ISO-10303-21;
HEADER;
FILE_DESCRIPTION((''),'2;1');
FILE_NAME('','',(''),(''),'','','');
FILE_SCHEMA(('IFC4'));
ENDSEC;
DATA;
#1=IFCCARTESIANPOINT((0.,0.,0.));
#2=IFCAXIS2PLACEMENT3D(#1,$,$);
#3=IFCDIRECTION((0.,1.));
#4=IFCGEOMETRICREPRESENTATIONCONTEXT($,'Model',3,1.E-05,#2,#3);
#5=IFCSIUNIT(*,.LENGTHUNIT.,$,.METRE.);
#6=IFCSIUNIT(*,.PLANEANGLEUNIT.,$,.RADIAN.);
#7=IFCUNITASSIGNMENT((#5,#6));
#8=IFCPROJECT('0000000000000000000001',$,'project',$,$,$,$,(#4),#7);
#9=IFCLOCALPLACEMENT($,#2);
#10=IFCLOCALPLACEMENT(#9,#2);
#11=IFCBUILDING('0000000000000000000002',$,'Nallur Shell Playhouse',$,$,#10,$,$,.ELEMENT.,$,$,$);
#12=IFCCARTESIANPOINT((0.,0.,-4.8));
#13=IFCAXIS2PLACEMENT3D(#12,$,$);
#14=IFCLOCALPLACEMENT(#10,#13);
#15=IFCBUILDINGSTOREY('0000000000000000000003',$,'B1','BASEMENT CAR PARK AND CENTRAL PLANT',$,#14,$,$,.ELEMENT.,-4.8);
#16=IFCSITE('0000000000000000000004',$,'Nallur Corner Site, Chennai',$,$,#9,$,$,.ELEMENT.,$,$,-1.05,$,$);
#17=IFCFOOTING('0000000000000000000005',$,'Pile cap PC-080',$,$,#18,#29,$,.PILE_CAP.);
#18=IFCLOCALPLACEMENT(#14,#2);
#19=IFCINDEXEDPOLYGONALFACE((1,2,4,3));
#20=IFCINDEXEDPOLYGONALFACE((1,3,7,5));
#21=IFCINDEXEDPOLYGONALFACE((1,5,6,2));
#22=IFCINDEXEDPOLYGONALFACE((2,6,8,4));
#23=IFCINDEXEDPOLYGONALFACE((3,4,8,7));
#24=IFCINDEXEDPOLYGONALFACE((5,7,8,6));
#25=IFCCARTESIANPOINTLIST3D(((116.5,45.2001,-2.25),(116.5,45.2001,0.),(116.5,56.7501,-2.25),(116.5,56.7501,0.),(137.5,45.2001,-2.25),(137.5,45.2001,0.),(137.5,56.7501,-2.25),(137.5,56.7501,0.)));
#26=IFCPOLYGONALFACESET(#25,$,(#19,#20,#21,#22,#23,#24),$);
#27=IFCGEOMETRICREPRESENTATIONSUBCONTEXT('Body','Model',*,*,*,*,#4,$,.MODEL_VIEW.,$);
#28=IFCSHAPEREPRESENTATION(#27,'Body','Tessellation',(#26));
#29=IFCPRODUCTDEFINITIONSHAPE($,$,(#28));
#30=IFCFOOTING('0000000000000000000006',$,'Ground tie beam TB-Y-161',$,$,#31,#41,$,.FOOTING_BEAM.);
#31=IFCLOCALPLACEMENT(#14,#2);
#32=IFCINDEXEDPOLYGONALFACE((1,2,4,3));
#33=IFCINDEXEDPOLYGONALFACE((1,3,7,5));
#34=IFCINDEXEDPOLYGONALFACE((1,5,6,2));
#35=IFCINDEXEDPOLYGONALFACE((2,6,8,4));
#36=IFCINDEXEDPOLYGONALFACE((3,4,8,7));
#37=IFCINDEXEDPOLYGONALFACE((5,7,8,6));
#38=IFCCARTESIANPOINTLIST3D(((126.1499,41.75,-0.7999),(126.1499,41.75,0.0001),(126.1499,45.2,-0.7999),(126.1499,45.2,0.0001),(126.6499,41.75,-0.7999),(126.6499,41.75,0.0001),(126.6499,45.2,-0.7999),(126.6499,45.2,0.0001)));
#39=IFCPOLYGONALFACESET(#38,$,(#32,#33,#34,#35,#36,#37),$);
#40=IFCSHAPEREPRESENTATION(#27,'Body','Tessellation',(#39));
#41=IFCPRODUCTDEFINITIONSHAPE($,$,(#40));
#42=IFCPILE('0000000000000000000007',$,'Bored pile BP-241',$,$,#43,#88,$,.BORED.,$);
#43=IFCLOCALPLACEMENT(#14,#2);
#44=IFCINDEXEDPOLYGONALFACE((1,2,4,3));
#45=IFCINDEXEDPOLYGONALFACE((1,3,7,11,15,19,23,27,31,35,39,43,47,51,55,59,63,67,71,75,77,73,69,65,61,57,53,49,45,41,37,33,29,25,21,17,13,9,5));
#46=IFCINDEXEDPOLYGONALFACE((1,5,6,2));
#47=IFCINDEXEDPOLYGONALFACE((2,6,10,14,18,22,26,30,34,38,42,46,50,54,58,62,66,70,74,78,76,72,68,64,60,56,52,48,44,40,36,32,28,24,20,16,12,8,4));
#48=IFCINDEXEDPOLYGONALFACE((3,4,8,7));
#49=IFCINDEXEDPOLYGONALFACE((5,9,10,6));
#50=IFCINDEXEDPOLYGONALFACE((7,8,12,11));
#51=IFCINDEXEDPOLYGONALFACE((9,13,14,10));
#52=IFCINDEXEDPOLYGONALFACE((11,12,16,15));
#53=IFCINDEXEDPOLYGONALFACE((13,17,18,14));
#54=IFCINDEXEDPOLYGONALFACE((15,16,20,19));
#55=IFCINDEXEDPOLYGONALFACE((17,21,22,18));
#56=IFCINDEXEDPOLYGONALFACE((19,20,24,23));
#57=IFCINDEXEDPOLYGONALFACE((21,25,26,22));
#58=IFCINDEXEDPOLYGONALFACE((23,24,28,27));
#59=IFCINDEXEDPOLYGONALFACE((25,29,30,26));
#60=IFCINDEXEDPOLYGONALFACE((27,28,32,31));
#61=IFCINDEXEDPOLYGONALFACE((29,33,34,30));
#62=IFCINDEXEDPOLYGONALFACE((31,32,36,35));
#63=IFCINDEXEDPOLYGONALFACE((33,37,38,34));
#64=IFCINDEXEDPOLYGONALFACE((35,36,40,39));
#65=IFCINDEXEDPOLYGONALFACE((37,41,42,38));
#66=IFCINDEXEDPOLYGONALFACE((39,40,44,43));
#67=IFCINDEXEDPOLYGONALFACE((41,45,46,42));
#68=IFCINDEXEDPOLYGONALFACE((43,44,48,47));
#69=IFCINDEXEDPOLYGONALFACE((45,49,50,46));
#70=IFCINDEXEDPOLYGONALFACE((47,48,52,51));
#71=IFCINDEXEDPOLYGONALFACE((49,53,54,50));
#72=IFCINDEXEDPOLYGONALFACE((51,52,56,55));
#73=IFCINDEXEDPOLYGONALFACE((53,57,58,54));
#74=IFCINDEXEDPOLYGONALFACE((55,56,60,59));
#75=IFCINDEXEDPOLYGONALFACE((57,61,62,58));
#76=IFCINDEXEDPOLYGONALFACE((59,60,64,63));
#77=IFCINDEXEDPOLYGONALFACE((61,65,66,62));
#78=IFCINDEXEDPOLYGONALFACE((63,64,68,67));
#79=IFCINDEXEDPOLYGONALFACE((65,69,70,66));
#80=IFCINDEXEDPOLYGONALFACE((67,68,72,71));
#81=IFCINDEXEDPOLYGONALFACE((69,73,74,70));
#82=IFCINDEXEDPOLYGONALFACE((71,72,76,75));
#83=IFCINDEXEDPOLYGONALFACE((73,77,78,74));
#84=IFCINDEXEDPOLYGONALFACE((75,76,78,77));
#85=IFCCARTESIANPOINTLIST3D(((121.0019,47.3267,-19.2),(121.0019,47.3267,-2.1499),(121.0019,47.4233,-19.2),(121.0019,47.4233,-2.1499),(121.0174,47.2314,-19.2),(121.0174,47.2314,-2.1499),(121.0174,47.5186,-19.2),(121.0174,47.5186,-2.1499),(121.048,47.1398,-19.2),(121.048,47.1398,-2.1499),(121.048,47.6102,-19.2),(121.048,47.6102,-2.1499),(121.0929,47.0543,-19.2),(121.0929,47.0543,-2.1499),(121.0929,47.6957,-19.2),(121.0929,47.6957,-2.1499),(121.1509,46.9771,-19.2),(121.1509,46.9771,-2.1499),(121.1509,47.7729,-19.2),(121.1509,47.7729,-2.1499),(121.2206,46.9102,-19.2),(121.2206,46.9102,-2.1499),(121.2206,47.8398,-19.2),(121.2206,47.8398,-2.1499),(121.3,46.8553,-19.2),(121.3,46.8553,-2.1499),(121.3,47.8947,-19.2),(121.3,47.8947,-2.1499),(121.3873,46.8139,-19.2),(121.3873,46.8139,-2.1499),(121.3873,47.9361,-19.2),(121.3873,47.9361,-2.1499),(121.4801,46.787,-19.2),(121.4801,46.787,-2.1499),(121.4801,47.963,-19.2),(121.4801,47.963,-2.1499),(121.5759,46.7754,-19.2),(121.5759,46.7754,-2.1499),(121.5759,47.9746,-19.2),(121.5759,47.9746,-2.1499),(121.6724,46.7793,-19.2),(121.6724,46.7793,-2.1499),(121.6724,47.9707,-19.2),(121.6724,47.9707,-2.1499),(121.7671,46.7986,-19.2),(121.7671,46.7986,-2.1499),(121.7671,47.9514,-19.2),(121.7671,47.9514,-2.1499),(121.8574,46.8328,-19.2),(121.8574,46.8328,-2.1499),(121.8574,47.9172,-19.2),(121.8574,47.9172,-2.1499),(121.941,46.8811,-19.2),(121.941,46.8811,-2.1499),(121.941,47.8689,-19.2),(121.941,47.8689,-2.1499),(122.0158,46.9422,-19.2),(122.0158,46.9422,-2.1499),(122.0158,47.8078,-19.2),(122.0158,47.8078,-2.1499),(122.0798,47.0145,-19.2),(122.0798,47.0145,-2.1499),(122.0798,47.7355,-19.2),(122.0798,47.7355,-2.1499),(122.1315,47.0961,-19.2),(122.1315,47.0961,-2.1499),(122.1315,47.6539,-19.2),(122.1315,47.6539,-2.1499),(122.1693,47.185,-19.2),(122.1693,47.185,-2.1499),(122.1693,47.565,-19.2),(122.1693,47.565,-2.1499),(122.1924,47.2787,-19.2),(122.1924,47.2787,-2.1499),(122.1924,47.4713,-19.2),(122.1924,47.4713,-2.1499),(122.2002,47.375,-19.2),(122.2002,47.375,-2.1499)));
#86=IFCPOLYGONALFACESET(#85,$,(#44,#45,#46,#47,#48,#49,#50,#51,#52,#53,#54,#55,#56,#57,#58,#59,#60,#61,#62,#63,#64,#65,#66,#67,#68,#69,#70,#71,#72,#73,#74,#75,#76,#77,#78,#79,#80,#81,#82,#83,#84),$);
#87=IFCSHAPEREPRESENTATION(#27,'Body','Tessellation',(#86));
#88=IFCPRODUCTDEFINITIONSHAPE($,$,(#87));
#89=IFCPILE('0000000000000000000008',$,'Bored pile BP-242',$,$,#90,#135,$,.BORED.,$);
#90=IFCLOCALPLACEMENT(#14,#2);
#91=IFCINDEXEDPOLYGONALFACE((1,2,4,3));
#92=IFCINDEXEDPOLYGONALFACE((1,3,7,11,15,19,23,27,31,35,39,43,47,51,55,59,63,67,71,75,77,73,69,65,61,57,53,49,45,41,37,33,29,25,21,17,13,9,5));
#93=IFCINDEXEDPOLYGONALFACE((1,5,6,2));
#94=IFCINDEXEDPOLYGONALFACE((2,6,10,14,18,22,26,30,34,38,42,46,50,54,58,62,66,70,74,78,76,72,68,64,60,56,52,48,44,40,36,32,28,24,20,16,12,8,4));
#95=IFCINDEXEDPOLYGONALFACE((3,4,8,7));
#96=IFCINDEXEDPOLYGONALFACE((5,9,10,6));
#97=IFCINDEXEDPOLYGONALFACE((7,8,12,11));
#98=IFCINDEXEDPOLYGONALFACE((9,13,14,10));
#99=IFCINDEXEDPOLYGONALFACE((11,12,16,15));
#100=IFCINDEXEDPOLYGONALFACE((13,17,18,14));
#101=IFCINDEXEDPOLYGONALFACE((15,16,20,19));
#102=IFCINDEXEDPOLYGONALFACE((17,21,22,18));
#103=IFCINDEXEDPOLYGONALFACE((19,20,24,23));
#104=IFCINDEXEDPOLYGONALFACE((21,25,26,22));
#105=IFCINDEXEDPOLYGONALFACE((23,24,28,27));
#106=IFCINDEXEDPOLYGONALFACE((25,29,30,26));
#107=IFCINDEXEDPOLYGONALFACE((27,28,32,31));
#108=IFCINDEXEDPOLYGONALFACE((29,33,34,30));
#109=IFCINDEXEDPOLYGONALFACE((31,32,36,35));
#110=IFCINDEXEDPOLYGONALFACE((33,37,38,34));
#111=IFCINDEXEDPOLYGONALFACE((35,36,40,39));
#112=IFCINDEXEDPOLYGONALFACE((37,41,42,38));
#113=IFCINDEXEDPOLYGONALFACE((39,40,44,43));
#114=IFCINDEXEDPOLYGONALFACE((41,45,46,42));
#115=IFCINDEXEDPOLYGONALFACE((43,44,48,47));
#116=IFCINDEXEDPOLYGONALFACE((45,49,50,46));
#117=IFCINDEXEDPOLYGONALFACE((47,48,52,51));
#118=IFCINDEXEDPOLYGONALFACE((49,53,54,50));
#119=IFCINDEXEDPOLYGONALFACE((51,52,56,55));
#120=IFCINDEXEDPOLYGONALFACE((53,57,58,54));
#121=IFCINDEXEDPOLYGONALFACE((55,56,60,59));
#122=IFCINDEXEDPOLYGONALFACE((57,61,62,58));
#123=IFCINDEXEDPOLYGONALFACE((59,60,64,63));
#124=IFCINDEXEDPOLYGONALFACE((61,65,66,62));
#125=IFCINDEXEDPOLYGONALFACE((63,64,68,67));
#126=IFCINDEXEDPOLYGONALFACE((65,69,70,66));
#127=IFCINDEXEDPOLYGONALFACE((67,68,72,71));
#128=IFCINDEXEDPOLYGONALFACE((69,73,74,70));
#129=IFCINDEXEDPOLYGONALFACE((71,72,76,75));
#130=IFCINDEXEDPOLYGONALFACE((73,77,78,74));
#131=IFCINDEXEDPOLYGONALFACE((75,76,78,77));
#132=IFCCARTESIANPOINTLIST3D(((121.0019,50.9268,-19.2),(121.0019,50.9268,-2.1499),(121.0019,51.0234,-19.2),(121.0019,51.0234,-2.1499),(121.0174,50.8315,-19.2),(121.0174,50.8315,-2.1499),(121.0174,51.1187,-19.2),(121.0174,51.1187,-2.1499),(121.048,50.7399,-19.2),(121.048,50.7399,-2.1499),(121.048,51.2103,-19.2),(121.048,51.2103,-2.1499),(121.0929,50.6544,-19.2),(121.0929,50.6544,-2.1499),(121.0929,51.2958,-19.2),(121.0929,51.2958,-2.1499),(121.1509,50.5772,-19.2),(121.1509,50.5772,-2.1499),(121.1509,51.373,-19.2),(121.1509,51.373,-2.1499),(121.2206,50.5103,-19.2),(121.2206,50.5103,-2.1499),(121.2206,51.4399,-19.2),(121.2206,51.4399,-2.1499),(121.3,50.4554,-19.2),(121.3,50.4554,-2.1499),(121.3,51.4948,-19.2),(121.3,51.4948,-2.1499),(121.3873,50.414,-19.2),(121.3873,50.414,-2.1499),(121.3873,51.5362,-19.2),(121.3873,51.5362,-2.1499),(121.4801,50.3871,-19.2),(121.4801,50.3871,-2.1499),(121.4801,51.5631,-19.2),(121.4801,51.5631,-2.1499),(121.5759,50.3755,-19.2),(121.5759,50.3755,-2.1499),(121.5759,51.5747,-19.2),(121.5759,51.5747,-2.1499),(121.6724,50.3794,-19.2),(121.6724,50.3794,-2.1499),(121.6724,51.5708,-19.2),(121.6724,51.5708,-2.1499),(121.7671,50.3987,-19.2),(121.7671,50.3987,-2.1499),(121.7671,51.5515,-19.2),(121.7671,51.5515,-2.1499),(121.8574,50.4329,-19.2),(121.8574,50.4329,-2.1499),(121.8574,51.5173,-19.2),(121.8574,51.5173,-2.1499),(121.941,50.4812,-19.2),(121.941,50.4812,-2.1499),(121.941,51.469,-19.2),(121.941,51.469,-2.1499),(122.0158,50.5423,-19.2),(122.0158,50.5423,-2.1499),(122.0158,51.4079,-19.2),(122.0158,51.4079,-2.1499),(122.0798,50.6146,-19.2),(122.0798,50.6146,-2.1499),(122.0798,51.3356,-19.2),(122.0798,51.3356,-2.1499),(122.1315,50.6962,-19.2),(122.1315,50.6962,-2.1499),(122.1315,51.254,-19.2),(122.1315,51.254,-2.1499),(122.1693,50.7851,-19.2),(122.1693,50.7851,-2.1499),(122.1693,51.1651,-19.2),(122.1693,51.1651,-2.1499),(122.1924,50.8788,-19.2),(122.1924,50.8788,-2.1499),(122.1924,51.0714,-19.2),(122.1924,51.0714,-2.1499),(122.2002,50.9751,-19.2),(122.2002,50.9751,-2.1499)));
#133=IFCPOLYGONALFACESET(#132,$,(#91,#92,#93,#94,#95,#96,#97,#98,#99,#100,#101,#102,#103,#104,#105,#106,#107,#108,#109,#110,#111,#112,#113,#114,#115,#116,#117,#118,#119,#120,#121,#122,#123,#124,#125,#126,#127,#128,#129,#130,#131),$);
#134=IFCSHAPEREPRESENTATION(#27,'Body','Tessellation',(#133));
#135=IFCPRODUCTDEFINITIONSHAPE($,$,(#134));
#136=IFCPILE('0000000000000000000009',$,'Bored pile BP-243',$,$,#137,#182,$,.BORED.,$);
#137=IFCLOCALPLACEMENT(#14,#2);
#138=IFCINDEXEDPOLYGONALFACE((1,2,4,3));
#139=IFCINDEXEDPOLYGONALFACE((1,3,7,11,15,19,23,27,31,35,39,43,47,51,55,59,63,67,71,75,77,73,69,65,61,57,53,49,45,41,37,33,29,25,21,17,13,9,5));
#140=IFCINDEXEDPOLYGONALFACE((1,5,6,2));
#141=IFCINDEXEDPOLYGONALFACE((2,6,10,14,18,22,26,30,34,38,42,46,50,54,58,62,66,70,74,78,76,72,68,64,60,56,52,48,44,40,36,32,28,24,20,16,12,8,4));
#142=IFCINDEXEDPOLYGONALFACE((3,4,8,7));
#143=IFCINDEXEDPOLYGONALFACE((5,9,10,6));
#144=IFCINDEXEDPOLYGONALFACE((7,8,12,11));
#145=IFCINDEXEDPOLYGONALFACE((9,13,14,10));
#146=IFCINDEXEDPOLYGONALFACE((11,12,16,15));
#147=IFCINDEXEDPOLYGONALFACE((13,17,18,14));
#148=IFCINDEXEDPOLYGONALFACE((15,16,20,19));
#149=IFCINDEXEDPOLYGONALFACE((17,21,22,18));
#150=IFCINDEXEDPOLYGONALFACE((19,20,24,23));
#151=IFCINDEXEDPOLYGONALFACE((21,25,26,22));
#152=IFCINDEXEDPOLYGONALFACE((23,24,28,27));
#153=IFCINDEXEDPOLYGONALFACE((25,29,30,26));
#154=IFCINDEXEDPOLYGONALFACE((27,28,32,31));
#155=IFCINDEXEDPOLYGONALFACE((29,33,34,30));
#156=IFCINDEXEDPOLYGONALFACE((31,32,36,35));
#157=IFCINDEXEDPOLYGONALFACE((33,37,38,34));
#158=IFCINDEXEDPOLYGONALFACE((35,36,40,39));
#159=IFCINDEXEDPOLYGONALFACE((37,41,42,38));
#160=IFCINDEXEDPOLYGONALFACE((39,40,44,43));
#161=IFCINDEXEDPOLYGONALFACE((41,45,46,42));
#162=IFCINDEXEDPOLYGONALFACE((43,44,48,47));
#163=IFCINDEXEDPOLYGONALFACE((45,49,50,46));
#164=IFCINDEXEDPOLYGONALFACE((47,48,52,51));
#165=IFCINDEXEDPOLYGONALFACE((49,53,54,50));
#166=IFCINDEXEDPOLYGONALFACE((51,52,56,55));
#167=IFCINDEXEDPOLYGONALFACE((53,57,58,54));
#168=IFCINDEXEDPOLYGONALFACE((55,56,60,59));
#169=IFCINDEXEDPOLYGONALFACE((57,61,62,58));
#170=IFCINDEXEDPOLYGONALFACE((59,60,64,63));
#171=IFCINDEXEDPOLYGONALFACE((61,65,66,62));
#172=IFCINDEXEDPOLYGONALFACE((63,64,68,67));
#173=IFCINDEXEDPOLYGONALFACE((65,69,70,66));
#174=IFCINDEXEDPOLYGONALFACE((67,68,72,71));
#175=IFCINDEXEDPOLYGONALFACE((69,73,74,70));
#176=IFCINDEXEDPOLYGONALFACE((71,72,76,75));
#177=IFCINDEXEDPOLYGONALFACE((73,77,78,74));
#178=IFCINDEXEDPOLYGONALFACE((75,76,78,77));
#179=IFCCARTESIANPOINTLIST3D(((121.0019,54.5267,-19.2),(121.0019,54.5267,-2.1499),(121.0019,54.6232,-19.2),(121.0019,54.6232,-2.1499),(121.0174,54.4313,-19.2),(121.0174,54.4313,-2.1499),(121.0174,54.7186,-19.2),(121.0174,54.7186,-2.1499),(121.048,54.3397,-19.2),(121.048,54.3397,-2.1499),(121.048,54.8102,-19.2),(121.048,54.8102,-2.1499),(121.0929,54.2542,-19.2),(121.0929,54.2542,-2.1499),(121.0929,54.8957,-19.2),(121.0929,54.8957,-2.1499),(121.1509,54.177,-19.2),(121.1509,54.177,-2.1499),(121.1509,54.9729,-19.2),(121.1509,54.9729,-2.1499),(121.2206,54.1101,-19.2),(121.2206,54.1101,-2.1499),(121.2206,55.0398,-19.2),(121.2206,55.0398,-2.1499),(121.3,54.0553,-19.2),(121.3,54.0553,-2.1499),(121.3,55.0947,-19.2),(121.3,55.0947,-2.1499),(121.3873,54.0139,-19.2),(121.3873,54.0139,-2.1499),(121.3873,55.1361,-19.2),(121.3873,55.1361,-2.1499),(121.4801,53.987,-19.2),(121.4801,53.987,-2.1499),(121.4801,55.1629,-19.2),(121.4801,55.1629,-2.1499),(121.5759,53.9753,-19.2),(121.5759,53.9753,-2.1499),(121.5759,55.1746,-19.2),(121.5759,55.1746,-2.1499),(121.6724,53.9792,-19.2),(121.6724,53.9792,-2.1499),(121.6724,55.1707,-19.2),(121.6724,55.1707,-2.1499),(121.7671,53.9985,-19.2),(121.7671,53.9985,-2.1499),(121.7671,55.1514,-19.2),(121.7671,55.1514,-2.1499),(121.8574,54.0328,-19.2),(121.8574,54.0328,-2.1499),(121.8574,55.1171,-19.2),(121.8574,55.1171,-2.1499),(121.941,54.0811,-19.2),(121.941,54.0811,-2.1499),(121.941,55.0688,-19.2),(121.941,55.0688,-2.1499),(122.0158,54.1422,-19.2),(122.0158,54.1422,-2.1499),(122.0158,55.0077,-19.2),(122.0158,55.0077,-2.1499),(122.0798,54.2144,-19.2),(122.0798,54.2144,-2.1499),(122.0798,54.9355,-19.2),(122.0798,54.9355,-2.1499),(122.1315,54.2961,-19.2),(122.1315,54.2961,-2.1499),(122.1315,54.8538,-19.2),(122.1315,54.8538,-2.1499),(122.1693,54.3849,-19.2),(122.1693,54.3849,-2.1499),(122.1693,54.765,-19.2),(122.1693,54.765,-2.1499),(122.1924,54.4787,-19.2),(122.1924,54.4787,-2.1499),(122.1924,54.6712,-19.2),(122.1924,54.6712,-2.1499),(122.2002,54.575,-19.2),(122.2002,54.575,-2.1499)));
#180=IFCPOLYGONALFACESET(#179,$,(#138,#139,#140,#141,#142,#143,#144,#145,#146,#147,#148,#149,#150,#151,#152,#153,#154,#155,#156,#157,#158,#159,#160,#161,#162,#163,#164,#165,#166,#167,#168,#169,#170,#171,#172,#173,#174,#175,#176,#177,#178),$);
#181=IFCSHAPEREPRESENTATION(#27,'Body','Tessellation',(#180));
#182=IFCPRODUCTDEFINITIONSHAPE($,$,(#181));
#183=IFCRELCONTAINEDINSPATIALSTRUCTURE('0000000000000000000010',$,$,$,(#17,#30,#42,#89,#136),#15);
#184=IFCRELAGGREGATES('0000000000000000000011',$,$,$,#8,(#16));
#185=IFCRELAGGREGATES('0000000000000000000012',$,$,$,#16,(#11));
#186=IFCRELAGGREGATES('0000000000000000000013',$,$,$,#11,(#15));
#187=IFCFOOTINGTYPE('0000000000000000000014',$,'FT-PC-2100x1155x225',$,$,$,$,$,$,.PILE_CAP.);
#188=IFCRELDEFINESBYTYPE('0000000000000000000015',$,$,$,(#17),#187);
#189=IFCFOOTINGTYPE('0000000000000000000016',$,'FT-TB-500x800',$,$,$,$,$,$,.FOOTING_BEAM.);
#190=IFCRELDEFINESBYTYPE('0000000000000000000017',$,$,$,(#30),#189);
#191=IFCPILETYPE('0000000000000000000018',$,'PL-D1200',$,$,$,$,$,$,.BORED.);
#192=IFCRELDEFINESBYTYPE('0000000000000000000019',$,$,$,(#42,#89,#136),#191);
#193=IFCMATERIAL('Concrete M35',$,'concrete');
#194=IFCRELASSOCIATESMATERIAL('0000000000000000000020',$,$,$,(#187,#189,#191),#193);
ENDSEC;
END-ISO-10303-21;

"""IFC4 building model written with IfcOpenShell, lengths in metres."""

from ifc_helpers import new_model, si_unit, direction, frame, origin, origin_2d, place, context, subcontext, project, spatial, rectangle, circle, extrude, material, material_profile, profile_set, type_object, element, save


model = new_model("IFC4")

# Units and contexts
model_context = context("Model", 3, precision=1e-05, world=origin(), true_north=direction((0.0, 1.0)))
body_context = subcontext(model_context, "Body", "Model", "MODEL_VIEW")
ifc_project = project(units=[si_unit("LENGTHUNIT", "METRE"), si_unit("PLANEANGLEUNIT", "RADIAN")], contexts=[model_context])

# Site, building, storey
site_placement = place(None, origin())
site = spatial("IfcSite", under=ifc_project, at=site_placement, Name="Nallur Corner Site, Chennai", CompositionType="ELEMENT", RefElevation=-1.05)
building_placement = place(site_placement, origin())
building = spatial("IfcBuilding", under=site, at=building_placement, Name="Nallur Shell Playhouse", CompositionType="ELEMENT")
storey_placement = place(building_placement, frame((0.0, 0.0, -4.8)))
storey = spatial("IfcBuildingStorey", under=building, at=storey_placement, Name="B1", Description="BASEMENT CAR PARK AND CENTRAL PLANT", CompositionType="ELEMENT", Elevation=-4.8)

# Footings
ifc_material_1 = material(Name="Concrete M35", Category="concrete")
footing_type_1 = type_object("IfcFootingType", Name="FT-PC-2100x1155x225", PredefinedType="PILE_CAP", material=ifc_material_1)
footing_1_placement = place(storey_placement, frame((127.0, 50.9751, -2.25), z_axis=(0.0, 0.0, 1.0), x_axis=(1.0, 0.0, 0.0)))
element("IfcFooting", 1, at=footing_1_placement, inside=storey, type_object=footing_type_1, Name="Pile cap PC-080", PredefinedType="PILE_CAP", context=body_context, shape_type="SweptSolid", body=[
    extrude(rectangle(XDim=21.0, YDim=11.55, at=origin_2d()), origin(), (0.0, 0.0, 1.0), 2.25),
])
ifc_material_profile_1 = material_profile(ifc_material_1, rectangle(XDim=0.5, YDim=0.8, at=origin_2d()), Name="RC 500x800")
ifc_profile_set_1 = profile_set([ifc_material_profile_1], Name="Concrete M35")
footing_type_2 = type_object("IfcFootingType", Name="FT-TB-500x800", PredefinedType="FOOTING_BEAM", material=ifc_profile_set_1)
footing_2_placement = place(storey_placement, frame((126.3999, 41.75, -0.3999), z_axis=(0.0, 1.0, 0.0), x_axis=(-1.0, 0.0, 0.0)))
element("IfcFooting", 2, at=footing_2_placement, inside=storey, type_object=footing_type_2, Name="Ground tie beam TB-Y-161", PredefinedType="FOOTING_BEAM", context=body_context, shape_type="SweptSolid", body=[
    extrude(rectangle(XDim=0.5, YDim=0.8, at=origin_2d()), origin(), (0.0, 0.0, 1.0), 3.45),
])

# Piles
ifc_material_profile_2 = material_profile(ifc_material_1, circle(Radius=0.6001, at=origin_2d()), Name="BORED PILE D1200")
ifc_profile_set_2 = profile_set([ifc_material_profile_2], Name="Concrete M35")
pile_type = type_object("IfcPileType", Name="PL-D1200", PredefinedType="BORED", material=ifc_profile_set_2)
for number, where, z_axis, x_axis, name in (
    (3, (121.6001, 47.375, -2.1499), (0.0, 0.0, -1.0), (1.0, 0.0, 0.0), "Bored pile BP-241"),
    (4, (121.6001, 50.9751, -2.1499), (0.0, 0.0, -1.0), (1.0, 0.0, 0.0), "Bored pile BP-242"),
    (5, (121.6001, 54.575, -2.1499), (0.0, 0.0, -1.0), (1.0, 0.0, 0.0), "Bored pile BP-243"),
):
    element("IfcPile", number, at=place(storey_placement, frame(where, z_axis=z_axis, x_axis=x_axis)), inside=storey, type_object=pile_type, Name=name, PredefinedType="BORED", context=body_context, shape_type="SweptSolid", body=[
        extrude(circle(Radius=0.6001, at=origin_2d()), origin(), (0.0, 0.0, 1.0), 17.05),
    ])

save(model, "model.ifc")
